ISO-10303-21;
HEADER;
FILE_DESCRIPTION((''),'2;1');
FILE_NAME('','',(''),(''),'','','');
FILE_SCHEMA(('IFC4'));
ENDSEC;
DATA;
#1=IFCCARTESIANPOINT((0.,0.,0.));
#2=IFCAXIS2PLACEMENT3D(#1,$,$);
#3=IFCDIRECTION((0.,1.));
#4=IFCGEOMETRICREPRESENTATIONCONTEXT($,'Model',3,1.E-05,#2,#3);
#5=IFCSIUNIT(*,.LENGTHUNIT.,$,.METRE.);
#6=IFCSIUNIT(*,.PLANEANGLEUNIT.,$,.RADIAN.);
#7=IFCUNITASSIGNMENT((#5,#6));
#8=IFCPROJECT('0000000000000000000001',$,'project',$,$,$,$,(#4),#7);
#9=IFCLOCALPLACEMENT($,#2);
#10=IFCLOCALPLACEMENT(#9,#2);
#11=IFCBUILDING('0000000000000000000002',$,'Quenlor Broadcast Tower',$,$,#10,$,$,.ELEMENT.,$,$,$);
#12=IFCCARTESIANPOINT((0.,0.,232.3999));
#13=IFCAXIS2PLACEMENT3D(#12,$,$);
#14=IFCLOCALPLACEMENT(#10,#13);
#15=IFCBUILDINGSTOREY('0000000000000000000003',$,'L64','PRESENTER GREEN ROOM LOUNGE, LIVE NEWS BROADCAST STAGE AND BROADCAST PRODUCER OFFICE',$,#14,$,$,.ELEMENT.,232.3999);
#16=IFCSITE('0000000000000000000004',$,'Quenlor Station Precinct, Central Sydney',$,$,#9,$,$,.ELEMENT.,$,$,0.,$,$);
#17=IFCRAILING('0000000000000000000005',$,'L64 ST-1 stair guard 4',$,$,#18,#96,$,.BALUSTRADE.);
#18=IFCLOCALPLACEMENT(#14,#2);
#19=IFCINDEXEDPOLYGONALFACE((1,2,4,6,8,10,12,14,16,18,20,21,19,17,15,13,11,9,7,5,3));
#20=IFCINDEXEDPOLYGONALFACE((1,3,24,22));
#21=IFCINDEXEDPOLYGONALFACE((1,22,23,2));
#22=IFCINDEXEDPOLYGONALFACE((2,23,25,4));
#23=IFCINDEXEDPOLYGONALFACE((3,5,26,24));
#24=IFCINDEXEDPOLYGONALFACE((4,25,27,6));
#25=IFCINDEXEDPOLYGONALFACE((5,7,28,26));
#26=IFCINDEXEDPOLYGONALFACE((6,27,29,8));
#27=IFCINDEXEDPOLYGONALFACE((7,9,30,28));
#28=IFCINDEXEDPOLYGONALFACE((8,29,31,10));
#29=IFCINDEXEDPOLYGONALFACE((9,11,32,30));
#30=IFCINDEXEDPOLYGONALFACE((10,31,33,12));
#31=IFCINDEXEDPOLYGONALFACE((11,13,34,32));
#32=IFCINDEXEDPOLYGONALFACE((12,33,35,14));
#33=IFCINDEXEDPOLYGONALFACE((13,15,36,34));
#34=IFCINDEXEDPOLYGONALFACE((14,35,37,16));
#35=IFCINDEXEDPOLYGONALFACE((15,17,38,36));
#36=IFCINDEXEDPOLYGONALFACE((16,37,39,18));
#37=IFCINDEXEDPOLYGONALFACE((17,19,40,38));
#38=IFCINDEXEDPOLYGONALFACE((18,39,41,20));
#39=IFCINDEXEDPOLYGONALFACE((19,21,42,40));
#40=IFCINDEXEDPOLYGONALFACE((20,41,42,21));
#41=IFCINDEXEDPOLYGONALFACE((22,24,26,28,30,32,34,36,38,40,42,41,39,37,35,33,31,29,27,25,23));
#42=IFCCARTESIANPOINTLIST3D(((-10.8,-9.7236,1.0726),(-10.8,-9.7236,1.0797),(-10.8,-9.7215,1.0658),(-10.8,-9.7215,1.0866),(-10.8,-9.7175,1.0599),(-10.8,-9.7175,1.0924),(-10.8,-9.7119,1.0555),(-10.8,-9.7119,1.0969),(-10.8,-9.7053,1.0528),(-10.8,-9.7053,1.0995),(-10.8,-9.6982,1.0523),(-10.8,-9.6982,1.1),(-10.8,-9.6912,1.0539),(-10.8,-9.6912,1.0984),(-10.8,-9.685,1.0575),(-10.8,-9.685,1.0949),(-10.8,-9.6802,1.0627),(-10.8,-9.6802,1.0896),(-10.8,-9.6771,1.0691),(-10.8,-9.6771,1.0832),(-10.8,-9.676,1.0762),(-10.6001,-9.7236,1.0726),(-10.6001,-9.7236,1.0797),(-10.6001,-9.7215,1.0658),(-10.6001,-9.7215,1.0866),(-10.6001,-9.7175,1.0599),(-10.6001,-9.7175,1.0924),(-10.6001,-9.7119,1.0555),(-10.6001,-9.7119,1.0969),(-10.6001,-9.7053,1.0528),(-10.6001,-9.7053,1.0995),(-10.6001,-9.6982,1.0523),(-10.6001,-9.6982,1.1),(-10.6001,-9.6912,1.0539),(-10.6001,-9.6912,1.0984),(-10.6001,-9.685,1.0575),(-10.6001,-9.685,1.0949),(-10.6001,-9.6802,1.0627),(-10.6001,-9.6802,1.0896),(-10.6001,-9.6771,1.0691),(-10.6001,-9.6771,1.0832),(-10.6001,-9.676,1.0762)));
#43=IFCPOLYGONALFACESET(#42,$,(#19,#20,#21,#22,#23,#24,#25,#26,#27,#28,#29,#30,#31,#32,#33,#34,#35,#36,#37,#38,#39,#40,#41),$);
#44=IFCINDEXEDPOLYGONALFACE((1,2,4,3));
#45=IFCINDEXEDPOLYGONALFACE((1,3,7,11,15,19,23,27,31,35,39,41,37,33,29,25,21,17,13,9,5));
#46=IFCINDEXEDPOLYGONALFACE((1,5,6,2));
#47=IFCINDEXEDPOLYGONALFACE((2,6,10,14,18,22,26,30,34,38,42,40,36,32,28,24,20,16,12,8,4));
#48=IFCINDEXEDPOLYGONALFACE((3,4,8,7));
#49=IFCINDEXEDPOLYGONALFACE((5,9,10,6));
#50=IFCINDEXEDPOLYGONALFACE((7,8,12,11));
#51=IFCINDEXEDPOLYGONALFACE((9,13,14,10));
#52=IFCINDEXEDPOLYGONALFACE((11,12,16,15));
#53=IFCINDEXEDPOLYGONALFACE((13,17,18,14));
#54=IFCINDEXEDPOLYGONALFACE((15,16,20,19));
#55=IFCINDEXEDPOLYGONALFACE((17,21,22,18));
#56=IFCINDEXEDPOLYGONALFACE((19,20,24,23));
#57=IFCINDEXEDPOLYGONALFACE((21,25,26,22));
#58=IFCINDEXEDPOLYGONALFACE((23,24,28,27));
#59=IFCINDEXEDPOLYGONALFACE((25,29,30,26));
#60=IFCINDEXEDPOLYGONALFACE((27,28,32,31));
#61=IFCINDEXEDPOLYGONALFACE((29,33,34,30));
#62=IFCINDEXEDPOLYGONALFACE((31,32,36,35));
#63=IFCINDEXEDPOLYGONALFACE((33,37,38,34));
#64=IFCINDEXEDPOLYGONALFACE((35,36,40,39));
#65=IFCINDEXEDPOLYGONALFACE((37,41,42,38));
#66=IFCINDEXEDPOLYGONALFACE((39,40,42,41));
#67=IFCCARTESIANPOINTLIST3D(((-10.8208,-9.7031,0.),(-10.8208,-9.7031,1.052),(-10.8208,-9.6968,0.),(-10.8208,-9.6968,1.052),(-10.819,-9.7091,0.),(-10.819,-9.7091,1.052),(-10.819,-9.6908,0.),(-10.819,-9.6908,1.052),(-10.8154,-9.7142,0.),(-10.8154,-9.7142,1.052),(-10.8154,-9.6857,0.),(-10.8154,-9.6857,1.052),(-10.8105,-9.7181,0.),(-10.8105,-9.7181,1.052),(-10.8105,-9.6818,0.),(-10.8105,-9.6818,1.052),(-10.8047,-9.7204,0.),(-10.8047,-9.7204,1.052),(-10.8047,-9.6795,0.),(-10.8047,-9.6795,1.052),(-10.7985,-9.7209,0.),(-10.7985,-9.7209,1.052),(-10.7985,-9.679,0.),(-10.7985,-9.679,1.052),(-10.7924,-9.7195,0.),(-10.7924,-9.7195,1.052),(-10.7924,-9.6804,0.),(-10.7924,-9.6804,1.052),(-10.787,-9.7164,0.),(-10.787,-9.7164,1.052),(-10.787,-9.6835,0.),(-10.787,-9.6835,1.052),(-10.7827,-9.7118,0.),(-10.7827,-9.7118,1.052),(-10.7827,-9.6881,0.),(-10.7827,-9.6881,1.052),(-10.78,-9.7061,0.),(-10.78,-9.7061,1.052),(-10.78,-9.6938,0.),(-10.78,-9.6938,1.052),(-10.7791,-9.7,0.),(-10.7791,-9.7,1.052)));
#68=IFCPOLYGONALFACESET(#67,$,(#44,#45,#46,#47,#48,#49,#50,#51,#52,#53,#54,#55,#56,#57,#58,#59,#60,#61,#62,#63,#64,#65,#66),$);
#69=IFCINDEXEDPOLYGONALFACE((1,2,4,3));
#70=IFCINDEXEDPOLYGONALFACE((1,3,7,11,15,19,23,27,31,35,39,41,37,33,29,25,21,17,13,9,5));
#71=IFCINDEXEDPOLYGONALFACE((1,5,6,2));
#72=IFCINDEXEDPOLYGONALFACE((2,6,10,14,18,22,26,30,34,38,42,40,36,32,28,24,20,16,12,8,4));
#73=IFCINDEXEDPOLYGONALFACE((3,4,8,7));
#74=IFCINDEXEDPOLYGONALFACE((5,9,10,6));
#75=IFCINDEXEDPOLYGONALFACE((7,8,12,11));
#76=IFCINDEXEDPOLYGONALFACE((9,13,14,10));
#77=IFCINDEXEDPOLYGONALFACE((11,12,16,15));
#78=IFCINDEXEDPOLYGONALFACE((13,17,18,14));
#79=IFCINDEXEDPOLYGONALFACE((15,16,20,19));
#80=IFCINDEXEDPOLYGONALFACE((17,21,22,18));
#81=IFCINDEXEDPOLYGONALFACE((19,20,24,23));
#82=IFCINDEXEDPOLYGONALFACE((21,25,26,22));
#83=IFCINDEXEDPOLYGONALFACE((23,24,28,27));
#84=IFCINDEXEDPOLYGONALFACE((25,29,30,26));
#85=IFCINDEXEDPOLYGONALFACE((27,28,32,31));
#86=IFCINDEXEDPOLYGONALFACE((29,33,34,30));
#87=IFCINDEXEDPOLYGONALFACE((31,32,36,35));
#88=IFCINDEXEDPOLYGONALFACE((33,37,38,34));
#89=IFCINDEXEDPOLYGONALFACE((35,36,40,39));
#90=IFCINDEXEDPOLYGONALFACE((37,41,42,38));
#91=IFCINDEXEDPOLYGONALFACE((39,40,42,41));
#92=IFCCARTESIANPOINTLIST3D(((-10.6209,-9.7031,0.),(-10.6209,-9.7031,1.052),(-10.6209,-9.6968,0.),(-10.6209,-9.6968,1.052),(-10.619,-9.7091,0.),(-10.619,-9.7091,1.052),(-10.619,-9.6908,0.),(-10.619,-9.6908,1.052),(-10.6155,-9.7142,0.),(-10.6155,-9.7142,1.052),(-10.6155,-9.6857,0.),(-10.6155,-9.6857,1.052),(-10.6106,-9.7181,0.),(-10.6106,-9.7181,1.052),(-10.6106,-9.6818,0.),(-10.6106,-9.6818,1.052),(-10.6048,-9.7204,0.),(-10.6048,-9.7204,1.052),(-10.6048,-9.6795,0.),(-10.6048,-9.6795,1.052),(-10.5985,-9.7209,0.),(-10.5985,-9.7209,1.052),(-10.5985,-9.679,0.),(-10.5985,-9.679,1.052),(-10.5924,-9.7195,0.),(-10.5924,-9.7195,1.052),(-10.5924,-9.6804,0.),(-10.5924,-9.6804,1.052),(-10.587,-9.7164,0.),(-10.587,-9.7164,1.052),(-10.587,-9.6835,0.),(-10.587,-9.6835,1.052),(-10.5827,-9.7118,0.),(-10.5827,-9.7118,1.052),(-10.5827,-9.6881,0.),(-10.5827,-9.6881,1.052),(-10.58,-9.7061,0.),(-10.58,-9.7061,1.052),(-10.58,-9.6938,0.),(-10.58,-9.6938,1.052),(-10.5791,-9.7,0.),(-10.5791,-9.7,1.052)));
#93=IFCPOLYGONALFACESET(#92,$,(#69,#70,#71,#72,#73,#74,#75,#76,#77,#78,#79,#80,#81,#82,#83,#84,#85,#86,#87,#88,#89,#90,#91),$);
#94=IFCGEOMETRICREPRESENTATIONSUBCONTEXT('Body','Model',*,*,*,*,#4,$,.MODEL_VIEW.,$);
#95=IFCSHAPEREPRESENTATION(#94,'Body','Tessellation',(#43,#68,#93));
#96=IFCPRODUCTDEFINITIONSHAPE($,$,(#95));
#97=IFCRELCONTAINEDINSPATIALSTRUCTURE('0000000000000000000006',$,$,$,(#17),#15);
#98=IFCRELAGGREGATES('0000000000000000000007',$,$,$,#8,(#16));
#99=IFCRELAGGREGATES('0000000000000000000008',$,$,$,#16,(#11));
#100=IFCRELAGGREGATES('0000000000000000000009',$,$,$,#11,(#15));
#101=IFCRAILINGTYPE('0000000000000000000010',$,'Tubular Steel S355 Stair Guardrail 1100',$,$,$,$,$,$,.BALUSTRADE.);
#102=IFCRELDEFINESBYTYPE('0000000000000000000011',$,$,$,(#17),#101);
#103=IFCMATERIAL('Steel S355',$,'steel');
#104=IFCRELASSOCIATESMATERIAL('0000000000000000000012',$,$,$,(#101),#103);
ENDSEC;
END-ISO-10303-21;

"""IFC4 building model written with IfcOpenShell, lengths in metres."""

from ifc_helpers import new_model, si_unit, direction, frame, origin, origin_2d, place, context, subcontext, project, spatial, circle, extrude, material, type_object, element, save


model = new_model("IFC4")

# Units and contexts
model_context = context("Model", 3, precision=1e-05, world=origin(), true_north=direction((0.0, 1.0)))
body_context = subcontext(model_context, "Body", "Model", "MODEL_VIEW")
ifc_project = project(units=[si_unit("LENGTHUNIT", "METRE"), si_unit("PLANEANGLEUNIT", "RADIAN")], contexts=[model_context])

# Site, building, storey
site_placement = place(None, origin())
site = spatial("IfcSite", under=ifc_project, at=site_placement, Name="Quenlor Station Precinct, Central Sydney", CompositionType="ELEMENT", RefElevation=0.0)
building_placement = place(site_placement, origin())
building = spatial("IfcBuilding", under=site, at=building_placement, Name="Quenlor Broadcast Tower", CompositionType="ELEMENT")
storey_placement = place(building_placement, frame((0.0, 0.0, 232.3999)))
storey = spatial("IfcBuildingStorey", under=building, at=storey_placement, Name="L64", Description="PRESENTER GREEN ROOM LOUNGE, LIVE NEWS BROADCAST STAGE AND BROADCAST PRODUCER OFFICE", CompositionType="ELEMENT", Elevation=232.3999)

# Railing
ifc_material_1 = material(Name="Steel S355", Category="steel")
railing_type_1 = type_object("IfcRailingType", Name="Tubular Steel S355 Stair Guardrail 1100", PredefinedType="BALUSTRADE", material=ifc_material_1)
railing_1_placement = place(storey_placement, frame((-10.8, -9.7, 0.0)))
element("IfcRailing", 1, at=railing_1_placement, inside=storey, type_object=railing_type_1, Name="L64 ST-1 stair guard 4", PredefinedType="BALUSTRADE", context=body_context, shape_type="SweptSolid", body=[
    extrude(circle(Radius=0.0239, at=origin_2d()), frame((0.0, 0.0, 1.0762), z_axis=(1.0, 0.0, 0.0), x_axis=(0.0, 1.0, 0.0)), (0.0, 0.0, 1.0), 0.2),
    extrude(circle(Radius=0.021, at=origin_2d()), origin(), (0.0, 0.0, 1.0), 1.052),
    extrude(circle(Radius=0.021, at=origin_2d()), frame((0.2, 0.0, 0.0)), (0.0, 0.0, 1.0), 1.052),
])

save(model, "model.ifc")
